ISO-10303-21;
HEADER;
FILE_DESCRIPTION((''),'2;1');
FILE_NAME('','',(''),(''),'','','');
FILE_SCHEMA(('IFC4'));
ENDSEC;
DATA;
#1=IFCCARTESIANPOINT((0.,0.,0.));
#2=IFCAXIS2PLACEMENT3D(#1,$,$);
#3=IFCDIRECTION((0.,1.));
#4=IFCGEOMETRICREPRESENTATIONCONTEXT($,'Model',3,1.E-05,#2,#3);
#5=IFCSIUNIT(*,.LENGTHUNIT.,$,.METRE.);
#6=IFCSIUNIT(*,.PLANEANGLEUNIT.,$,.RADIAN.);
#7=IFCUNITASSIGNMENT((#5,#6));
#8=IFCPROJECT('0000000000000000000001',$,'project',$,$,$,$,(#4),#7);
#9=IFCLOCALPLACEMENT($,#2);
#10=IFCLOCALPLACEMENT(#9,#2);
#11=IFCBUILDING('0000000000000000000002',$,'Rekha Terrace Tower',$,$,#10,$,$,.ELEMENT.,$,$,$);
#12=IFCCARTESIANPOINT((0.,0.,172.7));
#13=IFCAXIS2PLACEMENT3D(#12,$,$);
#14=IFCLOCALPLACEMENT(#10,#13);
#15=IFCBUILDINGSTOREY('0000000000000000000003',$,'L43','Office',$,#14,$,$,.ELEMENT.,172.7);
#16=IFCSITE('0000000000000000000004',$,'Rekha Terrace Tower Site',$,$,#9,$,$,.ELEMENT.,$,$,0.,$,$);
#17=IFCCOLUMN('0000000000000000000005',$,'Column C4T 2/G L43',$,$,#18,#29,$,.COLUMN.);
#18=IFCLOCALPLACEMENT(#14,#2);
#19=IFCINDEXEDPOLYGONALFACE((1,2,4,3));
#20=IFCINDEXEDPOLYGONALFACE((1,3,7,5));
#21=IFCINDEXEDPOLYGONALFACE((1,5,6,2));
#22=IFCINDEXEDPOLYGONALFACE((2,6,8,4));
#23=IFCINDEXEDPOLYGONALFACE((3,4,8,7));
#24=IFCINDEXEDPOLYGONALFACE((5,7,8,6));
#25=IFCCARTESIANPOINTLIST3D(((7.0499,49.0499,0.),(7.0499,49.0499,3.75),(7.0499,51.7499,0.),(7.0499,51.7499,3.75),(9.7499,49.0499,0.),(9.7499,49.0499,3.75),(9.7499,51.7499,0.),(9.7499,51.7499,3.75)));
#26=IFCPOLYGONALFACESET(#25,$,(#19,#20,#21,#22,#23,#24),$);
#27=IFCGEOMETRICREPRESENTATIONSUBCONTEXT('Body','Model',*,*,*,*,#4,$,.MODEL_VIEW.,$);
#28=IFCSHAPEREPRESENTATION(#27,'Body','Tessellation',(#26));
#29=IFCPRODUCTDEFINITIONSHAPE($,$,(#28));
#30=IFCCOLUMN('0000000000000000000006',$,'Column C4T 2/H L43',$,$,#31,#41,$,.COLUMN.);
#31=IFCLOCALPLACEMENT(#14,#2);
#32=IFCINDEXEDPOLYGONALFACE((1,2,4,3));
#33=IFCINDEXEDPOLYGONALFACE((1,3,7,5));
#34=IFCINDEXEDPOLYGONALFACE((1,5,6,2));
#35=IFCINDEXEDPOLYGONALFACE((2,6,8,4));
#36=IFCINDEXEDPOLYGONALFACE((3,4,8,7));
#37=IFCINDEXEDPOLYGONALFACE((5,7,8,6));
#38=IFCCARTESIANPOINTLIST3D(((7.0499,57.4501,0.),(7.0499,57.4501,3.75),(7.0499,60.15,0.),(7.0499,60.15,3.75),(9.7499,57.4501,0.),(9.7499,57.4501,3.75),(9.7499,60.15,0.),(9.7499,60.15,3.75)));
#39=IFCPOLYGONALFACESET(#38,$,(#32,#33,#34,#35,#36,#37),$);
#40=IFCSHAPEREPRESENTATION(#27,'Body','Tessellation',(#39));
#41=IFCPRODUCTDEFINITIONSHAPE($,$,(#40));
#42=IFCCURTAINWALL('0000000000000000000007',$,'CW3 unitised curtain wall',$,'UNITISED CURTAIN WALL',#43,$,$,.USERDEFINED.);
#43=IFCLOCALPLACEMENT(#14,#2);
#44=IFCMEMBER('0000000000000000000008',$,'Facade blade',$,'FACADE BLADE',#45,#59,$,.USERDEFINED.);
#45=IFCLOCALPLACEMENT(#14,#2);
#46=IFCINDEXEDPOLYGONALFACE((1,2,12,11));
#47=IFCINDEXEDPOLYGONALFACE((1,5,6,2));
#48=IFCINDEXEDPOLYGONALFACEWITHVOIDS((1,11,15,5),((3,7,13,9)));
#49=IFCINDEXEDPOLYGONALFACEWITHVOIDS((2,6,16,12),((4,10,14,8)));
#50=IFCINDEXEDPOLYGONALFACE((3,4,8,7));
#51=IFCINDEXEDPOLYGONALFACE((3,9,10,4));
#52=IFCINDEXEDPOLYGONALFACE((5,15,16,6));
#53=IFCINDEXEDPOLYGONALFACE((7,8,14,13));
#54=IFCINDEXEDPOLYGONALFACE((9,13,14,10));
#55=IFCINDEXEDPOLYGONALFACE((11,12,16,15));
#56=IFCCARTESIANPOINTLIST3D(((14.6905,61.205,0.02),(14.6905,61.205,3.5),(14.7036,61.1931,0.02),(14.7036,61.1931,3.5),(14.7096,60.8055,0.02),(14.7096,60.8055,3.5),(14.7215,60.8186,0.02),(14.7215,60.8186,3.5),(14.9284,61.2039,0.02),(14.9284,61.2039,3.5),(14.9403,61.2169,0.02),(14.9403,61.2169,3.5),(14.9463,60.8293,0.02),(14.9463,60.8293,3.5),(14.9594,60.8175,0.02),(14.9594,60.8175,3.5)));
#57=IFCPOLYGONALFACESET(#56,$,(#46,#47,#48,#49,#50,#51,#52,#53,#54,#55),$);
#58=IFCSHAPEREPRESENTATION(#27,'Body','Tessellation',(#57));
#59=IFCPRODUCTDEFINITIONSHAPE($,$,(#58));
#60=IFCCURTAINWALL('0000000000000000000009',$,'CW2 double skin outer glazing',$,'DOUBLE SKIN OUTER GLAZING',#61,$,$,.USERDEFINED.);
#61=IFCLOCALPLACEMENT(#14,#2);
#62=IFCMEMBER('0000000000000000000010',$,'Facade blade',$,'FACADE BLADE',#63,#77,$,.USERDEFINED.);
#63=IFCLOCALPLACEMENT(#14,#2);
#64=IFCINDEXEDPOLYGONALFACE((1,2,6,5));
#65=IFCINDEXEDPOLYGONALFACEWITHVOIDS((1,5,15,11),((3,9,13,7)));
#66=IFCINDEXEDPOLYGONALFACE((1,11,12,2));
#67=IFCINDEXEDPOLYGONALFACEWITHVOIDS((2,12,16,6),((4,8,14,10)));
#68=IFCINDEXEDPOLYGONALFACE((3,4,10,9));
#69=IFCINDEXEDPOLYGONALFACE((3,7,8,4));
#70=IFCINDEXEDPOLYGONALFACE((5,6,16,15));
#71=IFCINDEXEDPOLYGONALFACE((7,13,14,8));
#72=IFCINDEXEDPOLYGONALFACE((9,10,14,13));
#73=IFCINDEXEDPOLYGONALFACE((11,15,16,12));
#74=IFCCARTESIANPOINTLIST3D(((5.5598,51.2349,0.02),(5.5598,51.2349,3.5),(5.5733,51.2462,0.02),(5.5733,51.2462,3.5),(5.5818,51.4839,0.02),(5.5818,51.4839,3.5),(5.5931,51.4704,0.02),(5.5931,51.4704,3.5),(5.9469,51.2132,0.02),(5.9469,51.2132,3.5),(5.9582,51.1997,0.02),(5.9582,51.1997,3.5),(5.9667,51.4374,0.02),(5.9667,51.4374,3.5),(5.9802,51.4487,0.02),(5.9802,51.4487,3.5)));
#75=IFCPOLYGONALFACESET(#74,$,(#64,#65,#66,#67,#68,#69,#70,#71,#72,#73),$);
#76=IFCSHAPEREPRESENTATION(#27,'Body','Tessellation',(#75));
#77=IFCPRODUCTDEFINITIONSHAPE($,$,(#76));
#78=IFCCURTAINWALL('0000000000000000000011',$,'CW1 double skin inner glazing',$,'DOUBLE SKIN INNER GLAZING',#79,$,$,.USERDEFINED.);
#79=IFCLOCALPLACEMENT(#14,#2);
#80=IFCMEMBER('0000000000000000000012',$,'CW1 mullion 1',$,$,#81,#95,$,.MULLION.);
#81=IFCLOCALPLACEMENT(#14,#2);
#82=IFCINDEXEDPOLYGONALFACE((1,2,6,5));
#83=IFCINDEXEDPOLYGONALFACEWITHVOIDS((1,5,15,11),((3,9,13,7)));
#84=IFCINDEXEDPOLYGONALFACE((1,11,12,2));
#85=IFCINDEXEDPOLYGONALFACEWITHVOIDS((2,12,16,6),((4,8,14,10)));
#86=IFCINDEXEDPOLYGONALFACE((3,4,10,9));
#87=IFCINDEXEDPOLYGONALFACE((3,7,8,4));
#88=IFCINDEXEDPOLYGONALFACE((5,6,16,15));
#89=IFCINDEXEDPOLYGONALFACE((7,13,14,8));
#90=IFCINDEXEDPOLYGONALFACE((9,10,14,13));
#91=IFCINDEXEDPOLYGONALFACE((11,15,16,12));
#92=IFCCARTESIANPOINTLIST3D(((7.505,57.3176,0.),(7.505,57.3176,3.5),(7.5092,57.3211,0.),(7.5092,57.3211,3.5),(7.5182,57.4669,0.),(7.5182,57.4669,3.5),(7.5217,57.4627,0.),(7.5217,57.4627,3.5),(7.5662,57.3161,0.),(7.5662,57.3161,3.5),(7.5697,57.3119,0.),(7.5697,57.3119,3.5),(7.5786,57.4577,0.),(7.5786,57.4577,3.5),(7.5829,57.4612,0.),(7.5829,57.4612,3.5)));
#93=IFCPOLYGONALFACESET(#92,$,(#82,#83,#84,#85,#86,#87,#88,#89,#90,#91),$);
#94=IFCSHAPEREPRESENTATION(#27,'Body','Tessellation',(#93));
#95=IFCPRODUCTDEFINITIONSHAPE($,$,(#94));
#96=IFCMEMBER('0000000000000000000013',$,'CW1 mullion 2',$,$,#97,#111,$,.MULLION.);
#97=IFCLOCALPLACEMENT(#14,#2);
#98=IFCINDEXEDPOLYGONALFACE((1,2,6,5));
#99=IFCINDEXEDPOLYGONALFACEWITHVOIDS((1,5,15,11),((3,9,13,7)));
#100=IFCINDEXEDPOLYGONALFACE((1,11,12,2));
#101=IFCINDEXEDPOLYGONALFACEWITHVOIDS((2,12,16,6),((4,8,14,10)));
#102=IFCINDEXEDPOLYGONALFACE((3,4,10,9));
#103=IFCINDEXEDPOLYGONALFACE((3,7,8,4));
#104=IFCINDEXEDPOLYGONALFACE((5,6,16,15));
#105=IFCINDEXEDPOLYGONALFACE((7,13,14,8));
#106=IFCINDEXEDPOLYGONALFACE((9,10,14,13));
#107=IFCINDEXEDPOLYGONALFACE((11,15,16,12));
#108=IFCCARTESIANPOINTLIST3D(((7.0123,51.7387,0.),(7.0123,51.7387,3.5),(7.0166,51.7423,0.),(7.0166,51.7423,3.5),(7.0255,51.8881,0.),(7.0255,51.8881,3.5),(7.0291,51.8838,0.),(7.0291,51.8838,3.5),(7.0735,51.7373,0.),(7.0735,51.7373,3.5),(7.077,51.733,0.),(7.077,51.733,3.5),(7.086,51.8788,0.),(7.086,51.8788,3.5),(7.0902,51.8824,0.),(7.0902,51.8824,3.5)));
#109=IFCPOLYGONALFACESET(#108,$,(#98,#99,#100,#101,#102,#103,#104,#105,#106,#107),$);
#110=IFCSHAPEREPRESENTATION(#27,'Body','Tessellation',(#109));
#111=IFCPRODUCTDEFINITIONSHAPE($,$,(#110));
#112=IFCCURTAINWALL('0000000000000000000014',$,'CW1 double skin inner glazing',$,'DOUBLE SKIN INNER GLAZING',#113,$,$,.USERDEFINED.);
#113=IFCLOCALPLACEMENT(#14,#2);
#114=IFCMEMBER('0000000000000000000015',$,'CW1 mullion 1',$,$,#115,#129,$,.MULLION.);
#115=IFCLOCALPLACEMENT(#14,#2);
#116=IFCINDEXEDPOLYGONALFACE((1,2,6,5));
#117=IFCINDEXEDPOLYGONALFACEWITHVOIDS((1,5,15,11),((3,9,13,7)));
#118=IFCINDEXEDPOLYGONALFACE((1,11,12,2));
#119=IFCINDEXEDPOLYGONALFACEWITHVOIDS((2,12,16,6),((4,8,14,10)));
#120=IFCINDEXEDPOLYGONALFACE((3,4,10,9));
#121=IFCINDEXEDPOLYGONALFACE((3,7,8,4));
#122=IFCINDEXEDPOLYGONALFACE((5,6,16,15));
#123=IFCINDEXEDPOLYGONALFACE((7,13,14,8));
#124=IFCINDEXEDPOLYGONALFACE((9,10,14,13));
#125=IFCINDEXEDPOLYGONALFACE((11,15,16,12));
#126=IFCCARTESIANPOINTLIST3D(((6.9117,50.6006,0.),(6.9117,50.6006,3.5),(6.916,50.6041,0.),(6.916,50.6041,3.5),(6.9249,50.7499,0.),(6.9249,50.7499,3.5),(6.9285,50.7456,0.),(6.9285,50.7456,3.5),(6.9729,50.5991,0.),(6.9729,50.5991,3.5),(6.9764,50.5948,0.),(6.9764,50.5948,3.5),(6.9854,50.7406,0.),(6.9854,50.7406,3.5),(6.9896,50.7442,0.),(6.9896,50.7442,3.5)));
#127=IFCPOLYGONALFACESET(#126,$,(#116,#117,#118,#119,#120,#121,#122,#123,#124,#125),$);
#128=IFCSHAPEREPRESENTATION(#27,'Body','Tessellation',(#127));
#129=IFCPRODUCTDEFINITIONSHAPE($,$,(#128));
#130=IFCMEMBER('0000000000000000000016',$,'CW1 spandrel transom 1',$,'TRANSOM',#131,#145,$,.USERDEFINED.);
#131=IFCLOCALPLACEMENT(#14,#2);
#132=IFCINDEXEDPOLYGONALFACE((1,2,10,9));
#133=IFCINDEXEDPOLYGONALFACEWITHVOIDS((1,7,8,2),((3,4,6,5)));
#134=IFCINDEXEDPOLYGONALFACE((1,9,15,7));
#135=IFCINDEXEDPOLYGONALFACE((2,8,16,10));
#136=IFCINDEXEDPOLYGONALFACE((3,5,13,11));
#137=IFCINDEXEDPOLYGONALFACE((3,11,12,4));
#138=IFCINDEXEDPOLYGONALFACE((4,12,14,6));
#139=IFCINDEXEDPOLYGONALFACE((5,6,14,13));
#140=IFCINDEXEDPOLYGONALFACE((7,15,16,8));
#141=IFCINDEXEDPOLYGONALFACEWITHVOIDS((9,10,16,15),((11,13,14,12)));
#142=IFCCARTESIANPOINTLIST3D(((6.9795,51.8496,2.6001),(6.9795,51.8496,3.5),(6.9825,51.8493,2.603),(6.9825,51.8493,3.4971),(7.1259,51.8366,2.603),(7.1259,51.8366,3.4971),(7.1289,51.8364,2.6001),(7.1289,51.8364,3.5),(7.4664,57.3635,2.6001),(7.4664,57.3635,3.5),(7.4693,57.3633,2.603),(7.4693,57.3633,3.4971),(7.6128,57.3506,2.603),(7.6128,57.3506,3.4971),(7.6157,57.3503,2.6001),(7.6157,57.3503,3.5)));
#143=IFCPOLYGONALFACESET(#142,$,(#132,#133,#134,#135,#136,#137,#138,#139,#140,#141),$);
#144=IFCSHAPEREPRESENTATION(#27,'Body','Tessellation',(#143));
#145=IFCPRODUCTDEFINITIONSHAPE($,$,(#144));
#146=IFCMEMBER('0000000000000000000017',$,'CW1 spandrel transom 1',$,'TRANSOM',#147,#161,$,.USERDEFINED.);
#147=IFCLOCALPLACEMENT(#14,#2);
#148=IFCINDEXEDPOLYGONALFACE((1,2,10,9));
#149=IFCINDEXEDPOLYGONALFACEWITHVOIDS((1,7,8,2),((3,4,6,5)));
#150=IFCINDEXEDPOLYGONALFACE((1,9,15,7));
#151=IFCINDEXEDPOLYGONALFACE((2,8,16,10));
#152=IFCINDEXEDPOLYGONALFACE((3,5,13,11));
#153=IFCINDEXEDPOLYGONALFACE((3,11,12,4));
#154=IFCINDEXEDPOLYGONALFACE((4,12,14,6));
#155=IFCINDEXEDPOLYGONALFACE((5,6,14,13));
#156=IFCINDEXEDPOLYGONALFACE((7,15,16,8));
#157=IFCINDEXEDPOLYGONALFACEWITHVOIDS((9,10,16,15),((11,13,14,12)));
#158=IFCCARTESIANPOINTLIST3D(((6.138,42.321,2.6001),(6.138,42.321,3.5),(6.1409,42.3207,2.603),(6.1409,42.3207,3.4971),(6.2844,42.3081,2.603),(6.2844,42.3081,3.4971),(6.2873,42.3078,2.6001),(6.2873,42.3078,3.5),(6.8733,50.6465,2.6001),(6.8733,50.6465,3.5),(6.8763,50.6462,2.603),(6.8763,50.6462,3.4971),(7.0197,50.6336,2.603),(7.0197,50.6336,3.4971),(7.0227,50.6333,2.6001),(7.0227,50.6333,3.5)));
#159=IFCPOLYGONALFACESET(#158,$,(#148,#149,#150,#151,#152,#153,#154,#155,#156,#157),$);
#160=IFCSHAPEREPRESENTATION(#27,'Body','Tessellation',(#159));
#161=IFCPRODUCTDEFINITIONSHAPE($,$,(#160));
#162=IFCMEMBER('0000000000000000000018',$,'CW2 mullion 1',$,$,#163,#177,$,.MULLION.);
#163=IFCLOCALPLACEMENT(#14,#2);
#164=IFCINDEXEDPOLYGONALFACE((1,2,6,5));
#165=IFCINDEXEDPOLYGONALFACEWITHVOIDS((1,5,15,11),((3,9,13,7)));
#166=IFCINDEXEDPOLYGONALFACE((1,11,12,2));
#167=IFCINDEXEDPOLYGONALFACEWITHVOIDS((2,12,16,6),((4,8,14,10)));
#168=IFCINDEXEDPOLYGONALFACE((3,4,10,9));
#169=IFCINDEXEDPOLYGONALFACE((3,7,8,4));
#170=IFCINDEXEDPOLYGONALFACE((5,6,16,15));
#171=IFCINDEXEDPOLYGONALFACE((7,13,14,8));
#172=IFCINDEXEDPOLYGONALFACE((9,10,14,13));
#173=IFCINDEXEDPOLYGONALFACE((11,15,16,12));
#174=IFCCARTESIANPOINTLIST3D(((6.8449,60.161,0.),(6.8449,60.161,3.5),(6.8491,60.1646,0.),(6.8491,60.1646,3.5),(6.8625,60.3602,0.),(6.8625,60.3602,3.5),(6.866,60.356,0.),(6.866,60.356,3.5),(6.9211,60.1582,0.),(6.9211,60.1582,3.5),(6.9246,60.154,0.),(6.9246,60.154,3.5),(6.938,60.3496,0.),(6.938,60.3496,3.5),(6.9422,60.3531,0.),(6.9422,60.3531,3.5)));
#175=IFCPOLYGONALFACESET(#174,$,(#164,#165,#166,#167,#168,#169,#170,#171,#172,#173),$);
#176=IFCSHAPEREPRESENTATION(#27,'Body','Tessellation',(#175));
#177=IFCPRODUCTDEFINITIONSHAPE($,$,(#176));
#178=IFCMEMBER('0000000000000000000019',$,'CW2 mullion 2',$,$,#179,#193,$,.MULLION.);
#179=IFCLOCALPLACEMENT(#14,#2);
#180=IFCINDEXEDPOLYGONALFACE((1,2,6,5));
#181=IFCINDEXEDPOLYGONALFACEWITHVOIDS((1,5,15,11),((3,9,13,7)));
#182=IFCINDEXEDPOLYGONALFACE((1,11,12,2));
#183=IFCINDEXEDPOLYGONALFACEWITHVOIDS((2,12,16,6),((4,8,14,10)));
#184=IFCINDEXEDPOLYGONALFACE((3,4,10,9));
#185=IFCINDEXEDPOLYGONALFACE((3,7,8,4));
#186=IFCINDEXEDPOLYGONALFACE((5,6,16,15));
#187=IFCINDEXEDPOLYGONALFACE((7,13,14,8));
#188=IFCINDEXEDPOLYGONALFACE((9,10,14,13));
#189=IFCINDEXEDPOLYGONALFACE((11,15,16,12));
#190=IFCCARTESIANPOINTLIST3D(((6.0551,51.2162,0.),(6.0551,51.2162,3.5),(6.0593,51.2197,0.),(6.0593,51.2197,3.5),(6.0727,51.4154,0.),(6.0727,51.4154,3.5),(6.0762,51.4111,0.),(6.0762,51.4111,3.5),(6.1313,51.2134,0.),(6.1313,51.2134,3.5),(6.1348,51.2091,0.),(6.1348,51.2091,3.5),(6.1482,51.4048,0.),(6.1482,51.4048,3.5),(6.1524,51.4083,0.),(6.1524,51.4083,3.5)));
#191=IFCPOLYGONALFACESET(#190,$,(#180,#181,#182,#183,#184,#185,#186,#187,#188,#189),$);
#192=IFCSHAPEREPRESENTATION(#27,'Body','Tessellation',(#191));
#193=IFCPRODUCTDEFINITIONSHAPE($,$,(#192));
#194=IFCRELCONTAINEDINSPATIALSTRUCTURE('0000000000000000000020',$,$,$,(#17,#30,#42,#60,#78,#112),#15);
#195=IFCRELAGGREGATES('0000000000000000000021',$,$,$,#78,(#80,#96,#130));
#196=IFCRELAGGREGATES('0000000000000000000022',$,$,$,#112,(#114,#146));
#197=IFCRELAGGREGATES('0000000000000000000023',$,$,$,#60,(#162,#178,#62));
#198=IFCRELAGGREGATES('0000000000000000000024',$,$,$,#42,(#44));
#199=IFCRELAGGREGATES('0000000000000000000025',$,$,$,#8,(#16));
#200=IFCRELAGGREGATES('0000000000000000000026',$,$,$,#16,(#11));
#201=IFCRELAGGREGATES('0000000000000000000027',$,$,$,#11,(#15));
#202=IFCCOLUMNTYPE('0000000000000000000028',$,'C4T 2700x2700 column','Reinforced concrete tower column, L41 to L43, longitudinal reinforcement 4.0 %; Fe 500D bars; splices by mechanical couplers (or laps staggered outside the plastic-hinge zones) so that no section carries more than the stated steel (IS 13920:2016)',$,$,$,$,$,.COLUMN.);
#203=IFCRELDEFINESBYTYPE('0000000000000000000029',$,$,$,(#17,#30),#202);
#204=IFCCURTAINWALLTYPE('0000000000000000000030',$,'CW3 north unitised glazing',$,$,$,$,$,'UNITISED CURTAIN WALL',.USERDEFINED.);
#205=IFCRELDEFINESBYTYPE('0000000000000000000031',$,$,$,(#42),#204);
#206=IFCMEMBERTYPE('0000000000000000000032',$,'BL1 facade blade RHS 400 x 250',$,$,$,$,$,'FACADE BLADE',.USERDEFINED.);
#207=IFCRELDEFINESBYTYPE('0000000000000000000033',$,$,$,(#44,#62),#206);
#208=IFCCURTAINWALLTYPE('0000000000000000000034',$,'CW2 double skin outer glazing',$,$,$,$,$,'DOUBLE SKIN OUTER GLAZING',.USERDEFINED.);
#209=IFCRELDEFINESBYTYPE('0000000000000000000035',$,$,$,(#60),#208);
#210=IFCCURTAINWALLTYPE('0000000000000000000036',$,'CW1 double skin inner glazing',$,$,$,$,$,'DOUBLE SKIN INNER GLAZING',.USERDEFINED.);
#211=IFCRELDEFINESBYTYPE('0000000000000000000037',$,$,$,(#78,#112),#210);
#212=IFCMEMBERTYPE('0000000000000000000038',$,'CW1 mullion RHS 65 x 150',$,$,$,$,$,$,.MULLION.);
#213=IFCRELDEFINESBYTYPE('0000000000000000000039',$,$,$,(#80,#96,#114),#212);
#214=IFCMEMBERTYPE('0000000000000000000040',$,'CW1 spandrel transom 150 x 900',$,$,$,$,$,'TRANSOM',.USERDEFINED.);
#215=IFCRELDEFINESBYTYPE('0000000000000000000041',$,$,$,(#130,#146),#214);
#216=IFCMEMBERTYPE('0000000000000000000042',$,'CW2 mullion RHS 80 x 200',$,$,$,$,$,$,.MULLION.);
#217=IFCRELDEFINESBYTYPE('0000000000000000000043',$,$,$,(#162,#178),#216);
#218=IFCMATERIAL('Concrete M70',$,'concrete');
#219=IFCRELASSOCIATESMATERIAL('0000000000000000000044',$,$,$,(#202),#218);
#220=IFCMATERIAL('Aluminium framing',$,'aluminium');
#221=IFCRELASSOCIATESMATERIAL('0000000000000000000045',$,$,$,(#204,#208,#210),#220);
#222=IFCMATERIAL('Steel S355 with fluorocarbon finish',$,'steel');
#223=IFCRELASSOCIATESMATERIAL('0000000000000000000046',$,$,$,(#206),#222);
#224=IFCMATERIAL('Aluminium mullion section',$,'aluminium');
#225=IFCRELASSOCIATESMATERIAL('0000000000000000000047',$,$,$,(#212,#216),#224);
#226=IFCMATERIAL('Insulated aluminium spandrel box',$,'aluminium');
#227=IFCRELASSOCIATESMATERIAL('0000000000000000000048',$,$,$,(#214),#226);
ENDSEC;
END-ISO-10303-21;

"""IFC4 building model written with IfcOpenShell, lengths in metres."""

from ifc_helpers import new_model, si_unit, direction, frame, origin, origin_2d, place, context, subcontext, project, spatial, rectangle, hollow_rectangle, extrude, material, material_profile, profile_set, type_object, element, aggregate, save


model = new_model("IFC4")

# Units and contexts
model_context = context("Model", 3, precision=1e-05, world=origin(), true_north=direction((0.0, 1.0)))
body_context = subcontext(model_context, "Body", "Model", "MODEL_VIEW")
ifc_project = project(units=[si_unit("LENGTHUNIT", "METRE"), si_unit("PLANEANGLEUNIT", "RADIAN")], contexts=[model_context])

# Site, building, storey
site_placement = place(None, origin())
site = spatial("IfcSite", under=ifc_project, at=site_placement, Name="Rekha Terrace Tower Site", CompositionType="ELEMENT", RefElevation=0.0)
building_placement = place(site_placement, origin())
building = spatial("IfcBuilding", under=site, at=building_placement, Name="Rekha Terrace Tower", CompositionType="ELEMENT")
storey_placement = place(building_placement, frame((0.0, 0.0, 172.7)))
storey = spatial("IfcBuildingStorey", under=building, at=storey_placement, Name="L43", Description="Office", CompositionType="ELEMENT", Elevation=172.7)

# Columns
ifc_material_1 = material(Name="Concrete M70", Category="concrete")
ifc_material_profile_1 = material_profile(ifc_material_1, rectangle(XDim=2.7, YDim=2.7, at=origin_2d()), Name="RC 2700x2700")
ifc_profile_set_1 = profile_set([ifc_material_profile_1], Name="Concrete M70")
column_type = type_object("IfcColumnType", Name="C4T 2700x2700 column", Description="Reinforced concrete tower column, L41 to L43, longitudinal reinforcement 4.0 %; Fe 500D bars; splices by mechanical couplers (or laps staggered outside the plastic-hinge zones) so that no section carries more than the stated steel (IS 13920:2016)", PredefinedType="COLUMN", material=ifc_profile_set_1)
for number, where, z_axis, x_axis, name in (
    (1, (8.3999, 50.3999, 0.0), (0.0, 0.0, 1.0), (1.0, 0.0, 0.0), "Column C4T 2/G L43"),
    (2, (8.3999, 58.8, 0.0), (0.0, 0.0, 1.0), (1.0, 0.0, 0.0), "Column C4T 2/H L43"),
):
    element("IfcColumn", number, at=place(storey_placement, frame(where, z_axis=z_axis, x_axis=x_axis)), inside=storey, type_object=column_type, Name=name, PredefinedType="COLUMN", context=body_context, shape_type="SweptSolid", body=[
        extrude(rectangle(XDim=2.7, YDim=2.7, at=origin_2d()), origin(), (0.0, 0.0, 1.0), 3.75),
    ])

# Curtain walls, members
ifc_material_2 = material(Name="Aluminium framing", Category="aluminium")
curtain_wall_type_1 = type_object("IfcCurtainWallType", Name="CW3 north unitised glazing", ElementType="UNITISED CURTAIN WALL", PredefinedType="USERDEFINED", material=ifc_material_2)
curtain_wall_1_placement = place(storey_placement, origin())
curtain_wall_1 = element("IfcCurtainWall", 3, at=curtain_wall_1_placement, inside=storey, type_object=curtain_wall_type_1, Name="CW3 unitised curtain wall", ObjectType="UNITISED CURTAIN WALL", PredefinedType="USERDEFINED")
ifc_material_3 = material(Name="Steel S355 with fluorocarbon finish", Category="steel")
ifc_material_profile_2 = material_profile(ifc_material_3, hollow_rectangle(XDim=0.25, YDim=0.3999, WallThickness=0.0125, at=origin_2d()), Name="RHS400x250x12.5")
ifc_profile_set_2 = profile_set([ifc_material_profile_2], Name="Steel S355 with fluorocarbon finish")
member_type_1 = type_object("IfcMemberType", Name="BL1 facade blade RHS 400 x 250", ElementType="FACADE BLADE", PredefinedType="USERDEFINED", material=ifc_profile_set_2)
member_1_placement = place(storey_placement, frame((14.825, 61.0112, 0.02), z_axis=(0.0, 0.0, 1.0), x_axis=(-0.998859, -0.047758, 0.0)))
member_1 = element("IfcMember", 4, at=member_1_placement, type_object=member_type_1, Name="Facade blade", ObjectType="FACADE BLADE", PredefinedType="USERDEFINED", context=body_context, shape_type="SweptSolid", body=[
    extrude(hollow_rectangle(XDim=0.25, YDim=0.3999, WallThickness=0.0125, at=origin_2d()), origin(), (0.0, 0.0, 1.0), 3.48),
])
curtain_wall_type_2 = type_object("IfcCurtainWallType", Name="CW2 double skin outer glazing", ElementType="DOUBLE SKIN OUTER GLAZING", PredefinedType="USERDEFINED", material=ifc_material_2)
curtain_wall_2_placement = place(storey_placement, origin())
curtain_wall_2 = element("IfcCurtainWall", 5, at=curtain_wall_2_placement, inside=storey, type_object=curtain_wall_type_2, Name="CW2 double skin outer glazing", ObjectType="DOUBLE SKIN OUTER GLAZING", PredefinedType="USERDEFINED")
member_2_placement = place(storey_placement, frame((5.77, 51.3418, 0.02), z_axis=(0.0, 0.0, 1.0), x_axis=(-0.087957, -0.996124, 0.0)))
member_2 = element("IfcMember", 6, at=member_2_placement, type_object=member_type_1, Name="Facade blade", ObjectType="FACADE BLADE", PredefinedType="USERDEFINED", context=body_context, shape_type="SweptSolid", body=[
    extrude(hollow_rectangle(XDim=0.25, YDim=0.3999, WallThickness=0.0125, at=origin_2d()), origin(), (0.0, 0.0, 1.0), 3.48),
])

# Curtain wall, members
curtain_wall_type_3 = type_object("IfcCurtainWallType", Name="CW1 double skin inner glazing", ElementType="DOUBLE SKIN INNER GLAZING", PredefinedType="USERDEFINED", material=ifc_material_2)
curtain_wall_3_placement = place(storey_placement, origin())
curtain_wall_3 = element("IfcCurtainWall", 7, at=curtain_wall_3_placement, inside=storey, type_object=curtain_wall_type_3, Name="CW1 double skin inner glazing", ObjectType="DOUBLE SKIN INNER GLAZING", PredefinedType="USERDEFINED")
ifc_material_4 = material(Name="Aluminium mullion section", Category="aluminium")
ifc_material_profile_3 = material_profile(ifc_material_4, hollow_rectangle(XDim=0.0649, YDim=0.1499, WallThickness=0.0039, at=origin_2d()), Name="AL RHS 65x150")
ifc_profile_set_3 = profile_set([ifc_material_profile_3], Name="Aluminium mullion section")
member_type_2 = type_object("IfcMemberType", Name="CW1 mullion RHS 65 x 150", PredefinedType="MULLION", material=ifc_profile_set_3)
member_3_placement = place(storey_placement, frame((7.5439, 57.3894, 0.0), z_axis=(0.0, 0.0, 1.0), x_axis=(0.996124, -0.087958, 0.0)))
member_3 = element("IfcMember", 8, at=member_3_placement, type_object=member_type_2, Name="CW1 mullion 1", PredefinedType="MULLION", context=body_context, shape_type="SweptSolid", body=[
    extrude(hollow_rectangle(XDim=0.0649, YDim=0.1499, WallThickness=0.0039, at=origin_2d()), origin(), (0.0, 0.0, 1.0), 3.5),
])
member_4_placement = place(storey_placement, frame((7.0513, 51.8105, 0.0), z_axis=(0.0, 0.0, 1.0), x_axis=(0.996124, -0.087958, 0.0)))
member_4 = element("IfcMember", 9, at=member_4_placement, type_object=member_type_2, Name="CW1 mullion 2", PredefinedType="MULLION", context=body_context, shape_type="SweptSolid", body=[
    extrude(hollow_rectangle(XDim=0.0649, YDim=0.1499, WallThickness=0.0039, at=origin_2d()), origin(), (0.0, 0.0, 1.0), 3.5),
])

# Curtain wall, member
curtain_wall_4_placement = place(storey_placement, origin())
curtain_wall_4 = element("IfcCurtainWall", 10, at=curtain_wall_4_placement, inside=storey, type_object=curtain_wall_type_3, Name="CW1 double skin inner glazing", ObjectType="DOUBLE SKIN INNER GLAZING", PredefinedType="USERDEFINED")
member_5_placement = place(storey_placement, frame((6.9507, 50.6724, 0.0), z_axis=(0.0, 0.0, 1.0), x_axis=(0.996124, -0.087958, 0.0)))
member_5 = element("IfcMember", 11, at=member_5_placement, type_object=member_type_2, Name="CW1 mullion 1", PredefinedType="MULLION", context=body_context, shape_type="SweptSolid", body=[
    extrude(hollow_rectangle(XDim=0.0649, YDim=0.1499, WallThickness=0.0039, at=origin_2d()), origin(), (0.0, 0.0, 1.0), 3.5),
])

# Members
ifc_material_5 = material(Name="Insulated aluminium spandrel box", Category="aluminium")
ifc_material_profile_4 = material_profile(ifc_material_5, hollow_rectangle(XDim=0.1499, YDim=0.8999, WallThickness=0.0029, at=origin_2d()), Name="AL SPANDREL BOX 150x900")
ifc_profile_set_4 = profile_set([ifc_material_profile_4], Name="Insulated aluminium spandrel box")
member_type_3 = type_object("IfcMemberType", Name="CW1 spandrel transom 150 x 900", ElementType="TRANSOM", PredefinedType="USERDEFINED", material=ifc_profile_set_4)
member_6_placement = place(storey_placement, frame((7.541, 57.3569, 3.05), z_axis=(-0.087947, -0.996125, 0.0), x_axis=(0.996125, -0.087947, 0.0)))
member_6 = element("IfcMember", 12, at=member_6_placement, type_object=member_type_3, Name="CW1 spandrel transom 1", ObjectType="TRANSOM", PredefinedType="USERDEFINED", context=body_context, shape_type="SweptSolid", body=[
    extrude(hollow_rectangle(XDim=0.1499, YDim=0.8999, WallThickness=0.0029, at=origin_2d()), origin(), (0.0, 0.0, 1.0), 5.5354),
])
member_7_placement = place(storey_placement, frame((6.948, 50.6399, 3.05), z_axis=(-0.087983, -0.996122, 0.0), x_axis=(0.996122, -0.087983, 0.0)))
member_7 = element("IfcMember", 13, at=member_7_placement, type_object=member_type_3, Name="CW1 spandrel transom 1", ObjectType="TRANSOM", PredefinedType="USERDEFINED", context=body_context, shape_type="SweptSolid", body=[
    extrude(hollow_rectangle(XDim=0.1499, YDim=0.8999, WallThickness=0.0029, at=origin_2d()), origin(), (0.0, 0.0, 1.0), 8.3579),
])
ifc_material_profile_5 = material_profile(ifc_material_4, hollow_rectangle(XDim=0.0801, YDim=0.2, WallThickness=0.0039, at=origin_2d()), Name="AL RHS 80x200")
ifc_profile_set_5 = profile_set([ifc_material_profile_5], Name="Aluminium mullion section")
member_type_4 = type_object("IfcMemberType", Name="CW2 mullion RHS 80 x 200", PredefinedType="MULLION", material=ifc_profile_set_5)
member_8_placement = place(storey_placement, frame((6.8936, 60.2571, 0.0), z_axis=(0.0, 0.0, 1.0), x_axis=(0.996124, -0.087958, 0.0)))
member_8 = element("IfcMember", 14, at=member_8_placement, type_object=member_type_4, Name="CW2 mullion 1", PredefinedType="MULLION", context=body_context, shape_type="SweptSolid", body=[
    extrude(hollow_rectangle(XDim=0.0801, YDim=0.2, WallThickness=0.0039, at=origin_2d()), origin(), (0.0, 0.0, 1.0), 3.5),
])
member_9_placement = place(storey_placement, frame((6.1038, 51.3123, 0.0), z_axis=(0.0, 0.0, 1.0), x_axis=(0.996124, -0.087958, 0.0)))
member_9 = element("IfcMember", 15, at=member_9_placement, type_object=member_type_4, Name="CW2 mullion 2", PredefinedType="MULLION", context=body_context, shape_type="SweptSolid", body=[
    extrude(hollow_rectangle(XDim=0.0801, YDim=0.2, WallThickness=0.0039, at=origin_2d()), origin(), (0.0, 0.0, 1.0), 3.5),
])

aggregate(curtain_wall_3, [member_3, member_4, member_6])
aggregate(curtain_wall_4, [member_5, member_7])
aggregate(curtain_wall_2, [member_8, member_9, member_2])
aggregate(curtain_wall_1, [member_1])

save(model, "model.ifc")
